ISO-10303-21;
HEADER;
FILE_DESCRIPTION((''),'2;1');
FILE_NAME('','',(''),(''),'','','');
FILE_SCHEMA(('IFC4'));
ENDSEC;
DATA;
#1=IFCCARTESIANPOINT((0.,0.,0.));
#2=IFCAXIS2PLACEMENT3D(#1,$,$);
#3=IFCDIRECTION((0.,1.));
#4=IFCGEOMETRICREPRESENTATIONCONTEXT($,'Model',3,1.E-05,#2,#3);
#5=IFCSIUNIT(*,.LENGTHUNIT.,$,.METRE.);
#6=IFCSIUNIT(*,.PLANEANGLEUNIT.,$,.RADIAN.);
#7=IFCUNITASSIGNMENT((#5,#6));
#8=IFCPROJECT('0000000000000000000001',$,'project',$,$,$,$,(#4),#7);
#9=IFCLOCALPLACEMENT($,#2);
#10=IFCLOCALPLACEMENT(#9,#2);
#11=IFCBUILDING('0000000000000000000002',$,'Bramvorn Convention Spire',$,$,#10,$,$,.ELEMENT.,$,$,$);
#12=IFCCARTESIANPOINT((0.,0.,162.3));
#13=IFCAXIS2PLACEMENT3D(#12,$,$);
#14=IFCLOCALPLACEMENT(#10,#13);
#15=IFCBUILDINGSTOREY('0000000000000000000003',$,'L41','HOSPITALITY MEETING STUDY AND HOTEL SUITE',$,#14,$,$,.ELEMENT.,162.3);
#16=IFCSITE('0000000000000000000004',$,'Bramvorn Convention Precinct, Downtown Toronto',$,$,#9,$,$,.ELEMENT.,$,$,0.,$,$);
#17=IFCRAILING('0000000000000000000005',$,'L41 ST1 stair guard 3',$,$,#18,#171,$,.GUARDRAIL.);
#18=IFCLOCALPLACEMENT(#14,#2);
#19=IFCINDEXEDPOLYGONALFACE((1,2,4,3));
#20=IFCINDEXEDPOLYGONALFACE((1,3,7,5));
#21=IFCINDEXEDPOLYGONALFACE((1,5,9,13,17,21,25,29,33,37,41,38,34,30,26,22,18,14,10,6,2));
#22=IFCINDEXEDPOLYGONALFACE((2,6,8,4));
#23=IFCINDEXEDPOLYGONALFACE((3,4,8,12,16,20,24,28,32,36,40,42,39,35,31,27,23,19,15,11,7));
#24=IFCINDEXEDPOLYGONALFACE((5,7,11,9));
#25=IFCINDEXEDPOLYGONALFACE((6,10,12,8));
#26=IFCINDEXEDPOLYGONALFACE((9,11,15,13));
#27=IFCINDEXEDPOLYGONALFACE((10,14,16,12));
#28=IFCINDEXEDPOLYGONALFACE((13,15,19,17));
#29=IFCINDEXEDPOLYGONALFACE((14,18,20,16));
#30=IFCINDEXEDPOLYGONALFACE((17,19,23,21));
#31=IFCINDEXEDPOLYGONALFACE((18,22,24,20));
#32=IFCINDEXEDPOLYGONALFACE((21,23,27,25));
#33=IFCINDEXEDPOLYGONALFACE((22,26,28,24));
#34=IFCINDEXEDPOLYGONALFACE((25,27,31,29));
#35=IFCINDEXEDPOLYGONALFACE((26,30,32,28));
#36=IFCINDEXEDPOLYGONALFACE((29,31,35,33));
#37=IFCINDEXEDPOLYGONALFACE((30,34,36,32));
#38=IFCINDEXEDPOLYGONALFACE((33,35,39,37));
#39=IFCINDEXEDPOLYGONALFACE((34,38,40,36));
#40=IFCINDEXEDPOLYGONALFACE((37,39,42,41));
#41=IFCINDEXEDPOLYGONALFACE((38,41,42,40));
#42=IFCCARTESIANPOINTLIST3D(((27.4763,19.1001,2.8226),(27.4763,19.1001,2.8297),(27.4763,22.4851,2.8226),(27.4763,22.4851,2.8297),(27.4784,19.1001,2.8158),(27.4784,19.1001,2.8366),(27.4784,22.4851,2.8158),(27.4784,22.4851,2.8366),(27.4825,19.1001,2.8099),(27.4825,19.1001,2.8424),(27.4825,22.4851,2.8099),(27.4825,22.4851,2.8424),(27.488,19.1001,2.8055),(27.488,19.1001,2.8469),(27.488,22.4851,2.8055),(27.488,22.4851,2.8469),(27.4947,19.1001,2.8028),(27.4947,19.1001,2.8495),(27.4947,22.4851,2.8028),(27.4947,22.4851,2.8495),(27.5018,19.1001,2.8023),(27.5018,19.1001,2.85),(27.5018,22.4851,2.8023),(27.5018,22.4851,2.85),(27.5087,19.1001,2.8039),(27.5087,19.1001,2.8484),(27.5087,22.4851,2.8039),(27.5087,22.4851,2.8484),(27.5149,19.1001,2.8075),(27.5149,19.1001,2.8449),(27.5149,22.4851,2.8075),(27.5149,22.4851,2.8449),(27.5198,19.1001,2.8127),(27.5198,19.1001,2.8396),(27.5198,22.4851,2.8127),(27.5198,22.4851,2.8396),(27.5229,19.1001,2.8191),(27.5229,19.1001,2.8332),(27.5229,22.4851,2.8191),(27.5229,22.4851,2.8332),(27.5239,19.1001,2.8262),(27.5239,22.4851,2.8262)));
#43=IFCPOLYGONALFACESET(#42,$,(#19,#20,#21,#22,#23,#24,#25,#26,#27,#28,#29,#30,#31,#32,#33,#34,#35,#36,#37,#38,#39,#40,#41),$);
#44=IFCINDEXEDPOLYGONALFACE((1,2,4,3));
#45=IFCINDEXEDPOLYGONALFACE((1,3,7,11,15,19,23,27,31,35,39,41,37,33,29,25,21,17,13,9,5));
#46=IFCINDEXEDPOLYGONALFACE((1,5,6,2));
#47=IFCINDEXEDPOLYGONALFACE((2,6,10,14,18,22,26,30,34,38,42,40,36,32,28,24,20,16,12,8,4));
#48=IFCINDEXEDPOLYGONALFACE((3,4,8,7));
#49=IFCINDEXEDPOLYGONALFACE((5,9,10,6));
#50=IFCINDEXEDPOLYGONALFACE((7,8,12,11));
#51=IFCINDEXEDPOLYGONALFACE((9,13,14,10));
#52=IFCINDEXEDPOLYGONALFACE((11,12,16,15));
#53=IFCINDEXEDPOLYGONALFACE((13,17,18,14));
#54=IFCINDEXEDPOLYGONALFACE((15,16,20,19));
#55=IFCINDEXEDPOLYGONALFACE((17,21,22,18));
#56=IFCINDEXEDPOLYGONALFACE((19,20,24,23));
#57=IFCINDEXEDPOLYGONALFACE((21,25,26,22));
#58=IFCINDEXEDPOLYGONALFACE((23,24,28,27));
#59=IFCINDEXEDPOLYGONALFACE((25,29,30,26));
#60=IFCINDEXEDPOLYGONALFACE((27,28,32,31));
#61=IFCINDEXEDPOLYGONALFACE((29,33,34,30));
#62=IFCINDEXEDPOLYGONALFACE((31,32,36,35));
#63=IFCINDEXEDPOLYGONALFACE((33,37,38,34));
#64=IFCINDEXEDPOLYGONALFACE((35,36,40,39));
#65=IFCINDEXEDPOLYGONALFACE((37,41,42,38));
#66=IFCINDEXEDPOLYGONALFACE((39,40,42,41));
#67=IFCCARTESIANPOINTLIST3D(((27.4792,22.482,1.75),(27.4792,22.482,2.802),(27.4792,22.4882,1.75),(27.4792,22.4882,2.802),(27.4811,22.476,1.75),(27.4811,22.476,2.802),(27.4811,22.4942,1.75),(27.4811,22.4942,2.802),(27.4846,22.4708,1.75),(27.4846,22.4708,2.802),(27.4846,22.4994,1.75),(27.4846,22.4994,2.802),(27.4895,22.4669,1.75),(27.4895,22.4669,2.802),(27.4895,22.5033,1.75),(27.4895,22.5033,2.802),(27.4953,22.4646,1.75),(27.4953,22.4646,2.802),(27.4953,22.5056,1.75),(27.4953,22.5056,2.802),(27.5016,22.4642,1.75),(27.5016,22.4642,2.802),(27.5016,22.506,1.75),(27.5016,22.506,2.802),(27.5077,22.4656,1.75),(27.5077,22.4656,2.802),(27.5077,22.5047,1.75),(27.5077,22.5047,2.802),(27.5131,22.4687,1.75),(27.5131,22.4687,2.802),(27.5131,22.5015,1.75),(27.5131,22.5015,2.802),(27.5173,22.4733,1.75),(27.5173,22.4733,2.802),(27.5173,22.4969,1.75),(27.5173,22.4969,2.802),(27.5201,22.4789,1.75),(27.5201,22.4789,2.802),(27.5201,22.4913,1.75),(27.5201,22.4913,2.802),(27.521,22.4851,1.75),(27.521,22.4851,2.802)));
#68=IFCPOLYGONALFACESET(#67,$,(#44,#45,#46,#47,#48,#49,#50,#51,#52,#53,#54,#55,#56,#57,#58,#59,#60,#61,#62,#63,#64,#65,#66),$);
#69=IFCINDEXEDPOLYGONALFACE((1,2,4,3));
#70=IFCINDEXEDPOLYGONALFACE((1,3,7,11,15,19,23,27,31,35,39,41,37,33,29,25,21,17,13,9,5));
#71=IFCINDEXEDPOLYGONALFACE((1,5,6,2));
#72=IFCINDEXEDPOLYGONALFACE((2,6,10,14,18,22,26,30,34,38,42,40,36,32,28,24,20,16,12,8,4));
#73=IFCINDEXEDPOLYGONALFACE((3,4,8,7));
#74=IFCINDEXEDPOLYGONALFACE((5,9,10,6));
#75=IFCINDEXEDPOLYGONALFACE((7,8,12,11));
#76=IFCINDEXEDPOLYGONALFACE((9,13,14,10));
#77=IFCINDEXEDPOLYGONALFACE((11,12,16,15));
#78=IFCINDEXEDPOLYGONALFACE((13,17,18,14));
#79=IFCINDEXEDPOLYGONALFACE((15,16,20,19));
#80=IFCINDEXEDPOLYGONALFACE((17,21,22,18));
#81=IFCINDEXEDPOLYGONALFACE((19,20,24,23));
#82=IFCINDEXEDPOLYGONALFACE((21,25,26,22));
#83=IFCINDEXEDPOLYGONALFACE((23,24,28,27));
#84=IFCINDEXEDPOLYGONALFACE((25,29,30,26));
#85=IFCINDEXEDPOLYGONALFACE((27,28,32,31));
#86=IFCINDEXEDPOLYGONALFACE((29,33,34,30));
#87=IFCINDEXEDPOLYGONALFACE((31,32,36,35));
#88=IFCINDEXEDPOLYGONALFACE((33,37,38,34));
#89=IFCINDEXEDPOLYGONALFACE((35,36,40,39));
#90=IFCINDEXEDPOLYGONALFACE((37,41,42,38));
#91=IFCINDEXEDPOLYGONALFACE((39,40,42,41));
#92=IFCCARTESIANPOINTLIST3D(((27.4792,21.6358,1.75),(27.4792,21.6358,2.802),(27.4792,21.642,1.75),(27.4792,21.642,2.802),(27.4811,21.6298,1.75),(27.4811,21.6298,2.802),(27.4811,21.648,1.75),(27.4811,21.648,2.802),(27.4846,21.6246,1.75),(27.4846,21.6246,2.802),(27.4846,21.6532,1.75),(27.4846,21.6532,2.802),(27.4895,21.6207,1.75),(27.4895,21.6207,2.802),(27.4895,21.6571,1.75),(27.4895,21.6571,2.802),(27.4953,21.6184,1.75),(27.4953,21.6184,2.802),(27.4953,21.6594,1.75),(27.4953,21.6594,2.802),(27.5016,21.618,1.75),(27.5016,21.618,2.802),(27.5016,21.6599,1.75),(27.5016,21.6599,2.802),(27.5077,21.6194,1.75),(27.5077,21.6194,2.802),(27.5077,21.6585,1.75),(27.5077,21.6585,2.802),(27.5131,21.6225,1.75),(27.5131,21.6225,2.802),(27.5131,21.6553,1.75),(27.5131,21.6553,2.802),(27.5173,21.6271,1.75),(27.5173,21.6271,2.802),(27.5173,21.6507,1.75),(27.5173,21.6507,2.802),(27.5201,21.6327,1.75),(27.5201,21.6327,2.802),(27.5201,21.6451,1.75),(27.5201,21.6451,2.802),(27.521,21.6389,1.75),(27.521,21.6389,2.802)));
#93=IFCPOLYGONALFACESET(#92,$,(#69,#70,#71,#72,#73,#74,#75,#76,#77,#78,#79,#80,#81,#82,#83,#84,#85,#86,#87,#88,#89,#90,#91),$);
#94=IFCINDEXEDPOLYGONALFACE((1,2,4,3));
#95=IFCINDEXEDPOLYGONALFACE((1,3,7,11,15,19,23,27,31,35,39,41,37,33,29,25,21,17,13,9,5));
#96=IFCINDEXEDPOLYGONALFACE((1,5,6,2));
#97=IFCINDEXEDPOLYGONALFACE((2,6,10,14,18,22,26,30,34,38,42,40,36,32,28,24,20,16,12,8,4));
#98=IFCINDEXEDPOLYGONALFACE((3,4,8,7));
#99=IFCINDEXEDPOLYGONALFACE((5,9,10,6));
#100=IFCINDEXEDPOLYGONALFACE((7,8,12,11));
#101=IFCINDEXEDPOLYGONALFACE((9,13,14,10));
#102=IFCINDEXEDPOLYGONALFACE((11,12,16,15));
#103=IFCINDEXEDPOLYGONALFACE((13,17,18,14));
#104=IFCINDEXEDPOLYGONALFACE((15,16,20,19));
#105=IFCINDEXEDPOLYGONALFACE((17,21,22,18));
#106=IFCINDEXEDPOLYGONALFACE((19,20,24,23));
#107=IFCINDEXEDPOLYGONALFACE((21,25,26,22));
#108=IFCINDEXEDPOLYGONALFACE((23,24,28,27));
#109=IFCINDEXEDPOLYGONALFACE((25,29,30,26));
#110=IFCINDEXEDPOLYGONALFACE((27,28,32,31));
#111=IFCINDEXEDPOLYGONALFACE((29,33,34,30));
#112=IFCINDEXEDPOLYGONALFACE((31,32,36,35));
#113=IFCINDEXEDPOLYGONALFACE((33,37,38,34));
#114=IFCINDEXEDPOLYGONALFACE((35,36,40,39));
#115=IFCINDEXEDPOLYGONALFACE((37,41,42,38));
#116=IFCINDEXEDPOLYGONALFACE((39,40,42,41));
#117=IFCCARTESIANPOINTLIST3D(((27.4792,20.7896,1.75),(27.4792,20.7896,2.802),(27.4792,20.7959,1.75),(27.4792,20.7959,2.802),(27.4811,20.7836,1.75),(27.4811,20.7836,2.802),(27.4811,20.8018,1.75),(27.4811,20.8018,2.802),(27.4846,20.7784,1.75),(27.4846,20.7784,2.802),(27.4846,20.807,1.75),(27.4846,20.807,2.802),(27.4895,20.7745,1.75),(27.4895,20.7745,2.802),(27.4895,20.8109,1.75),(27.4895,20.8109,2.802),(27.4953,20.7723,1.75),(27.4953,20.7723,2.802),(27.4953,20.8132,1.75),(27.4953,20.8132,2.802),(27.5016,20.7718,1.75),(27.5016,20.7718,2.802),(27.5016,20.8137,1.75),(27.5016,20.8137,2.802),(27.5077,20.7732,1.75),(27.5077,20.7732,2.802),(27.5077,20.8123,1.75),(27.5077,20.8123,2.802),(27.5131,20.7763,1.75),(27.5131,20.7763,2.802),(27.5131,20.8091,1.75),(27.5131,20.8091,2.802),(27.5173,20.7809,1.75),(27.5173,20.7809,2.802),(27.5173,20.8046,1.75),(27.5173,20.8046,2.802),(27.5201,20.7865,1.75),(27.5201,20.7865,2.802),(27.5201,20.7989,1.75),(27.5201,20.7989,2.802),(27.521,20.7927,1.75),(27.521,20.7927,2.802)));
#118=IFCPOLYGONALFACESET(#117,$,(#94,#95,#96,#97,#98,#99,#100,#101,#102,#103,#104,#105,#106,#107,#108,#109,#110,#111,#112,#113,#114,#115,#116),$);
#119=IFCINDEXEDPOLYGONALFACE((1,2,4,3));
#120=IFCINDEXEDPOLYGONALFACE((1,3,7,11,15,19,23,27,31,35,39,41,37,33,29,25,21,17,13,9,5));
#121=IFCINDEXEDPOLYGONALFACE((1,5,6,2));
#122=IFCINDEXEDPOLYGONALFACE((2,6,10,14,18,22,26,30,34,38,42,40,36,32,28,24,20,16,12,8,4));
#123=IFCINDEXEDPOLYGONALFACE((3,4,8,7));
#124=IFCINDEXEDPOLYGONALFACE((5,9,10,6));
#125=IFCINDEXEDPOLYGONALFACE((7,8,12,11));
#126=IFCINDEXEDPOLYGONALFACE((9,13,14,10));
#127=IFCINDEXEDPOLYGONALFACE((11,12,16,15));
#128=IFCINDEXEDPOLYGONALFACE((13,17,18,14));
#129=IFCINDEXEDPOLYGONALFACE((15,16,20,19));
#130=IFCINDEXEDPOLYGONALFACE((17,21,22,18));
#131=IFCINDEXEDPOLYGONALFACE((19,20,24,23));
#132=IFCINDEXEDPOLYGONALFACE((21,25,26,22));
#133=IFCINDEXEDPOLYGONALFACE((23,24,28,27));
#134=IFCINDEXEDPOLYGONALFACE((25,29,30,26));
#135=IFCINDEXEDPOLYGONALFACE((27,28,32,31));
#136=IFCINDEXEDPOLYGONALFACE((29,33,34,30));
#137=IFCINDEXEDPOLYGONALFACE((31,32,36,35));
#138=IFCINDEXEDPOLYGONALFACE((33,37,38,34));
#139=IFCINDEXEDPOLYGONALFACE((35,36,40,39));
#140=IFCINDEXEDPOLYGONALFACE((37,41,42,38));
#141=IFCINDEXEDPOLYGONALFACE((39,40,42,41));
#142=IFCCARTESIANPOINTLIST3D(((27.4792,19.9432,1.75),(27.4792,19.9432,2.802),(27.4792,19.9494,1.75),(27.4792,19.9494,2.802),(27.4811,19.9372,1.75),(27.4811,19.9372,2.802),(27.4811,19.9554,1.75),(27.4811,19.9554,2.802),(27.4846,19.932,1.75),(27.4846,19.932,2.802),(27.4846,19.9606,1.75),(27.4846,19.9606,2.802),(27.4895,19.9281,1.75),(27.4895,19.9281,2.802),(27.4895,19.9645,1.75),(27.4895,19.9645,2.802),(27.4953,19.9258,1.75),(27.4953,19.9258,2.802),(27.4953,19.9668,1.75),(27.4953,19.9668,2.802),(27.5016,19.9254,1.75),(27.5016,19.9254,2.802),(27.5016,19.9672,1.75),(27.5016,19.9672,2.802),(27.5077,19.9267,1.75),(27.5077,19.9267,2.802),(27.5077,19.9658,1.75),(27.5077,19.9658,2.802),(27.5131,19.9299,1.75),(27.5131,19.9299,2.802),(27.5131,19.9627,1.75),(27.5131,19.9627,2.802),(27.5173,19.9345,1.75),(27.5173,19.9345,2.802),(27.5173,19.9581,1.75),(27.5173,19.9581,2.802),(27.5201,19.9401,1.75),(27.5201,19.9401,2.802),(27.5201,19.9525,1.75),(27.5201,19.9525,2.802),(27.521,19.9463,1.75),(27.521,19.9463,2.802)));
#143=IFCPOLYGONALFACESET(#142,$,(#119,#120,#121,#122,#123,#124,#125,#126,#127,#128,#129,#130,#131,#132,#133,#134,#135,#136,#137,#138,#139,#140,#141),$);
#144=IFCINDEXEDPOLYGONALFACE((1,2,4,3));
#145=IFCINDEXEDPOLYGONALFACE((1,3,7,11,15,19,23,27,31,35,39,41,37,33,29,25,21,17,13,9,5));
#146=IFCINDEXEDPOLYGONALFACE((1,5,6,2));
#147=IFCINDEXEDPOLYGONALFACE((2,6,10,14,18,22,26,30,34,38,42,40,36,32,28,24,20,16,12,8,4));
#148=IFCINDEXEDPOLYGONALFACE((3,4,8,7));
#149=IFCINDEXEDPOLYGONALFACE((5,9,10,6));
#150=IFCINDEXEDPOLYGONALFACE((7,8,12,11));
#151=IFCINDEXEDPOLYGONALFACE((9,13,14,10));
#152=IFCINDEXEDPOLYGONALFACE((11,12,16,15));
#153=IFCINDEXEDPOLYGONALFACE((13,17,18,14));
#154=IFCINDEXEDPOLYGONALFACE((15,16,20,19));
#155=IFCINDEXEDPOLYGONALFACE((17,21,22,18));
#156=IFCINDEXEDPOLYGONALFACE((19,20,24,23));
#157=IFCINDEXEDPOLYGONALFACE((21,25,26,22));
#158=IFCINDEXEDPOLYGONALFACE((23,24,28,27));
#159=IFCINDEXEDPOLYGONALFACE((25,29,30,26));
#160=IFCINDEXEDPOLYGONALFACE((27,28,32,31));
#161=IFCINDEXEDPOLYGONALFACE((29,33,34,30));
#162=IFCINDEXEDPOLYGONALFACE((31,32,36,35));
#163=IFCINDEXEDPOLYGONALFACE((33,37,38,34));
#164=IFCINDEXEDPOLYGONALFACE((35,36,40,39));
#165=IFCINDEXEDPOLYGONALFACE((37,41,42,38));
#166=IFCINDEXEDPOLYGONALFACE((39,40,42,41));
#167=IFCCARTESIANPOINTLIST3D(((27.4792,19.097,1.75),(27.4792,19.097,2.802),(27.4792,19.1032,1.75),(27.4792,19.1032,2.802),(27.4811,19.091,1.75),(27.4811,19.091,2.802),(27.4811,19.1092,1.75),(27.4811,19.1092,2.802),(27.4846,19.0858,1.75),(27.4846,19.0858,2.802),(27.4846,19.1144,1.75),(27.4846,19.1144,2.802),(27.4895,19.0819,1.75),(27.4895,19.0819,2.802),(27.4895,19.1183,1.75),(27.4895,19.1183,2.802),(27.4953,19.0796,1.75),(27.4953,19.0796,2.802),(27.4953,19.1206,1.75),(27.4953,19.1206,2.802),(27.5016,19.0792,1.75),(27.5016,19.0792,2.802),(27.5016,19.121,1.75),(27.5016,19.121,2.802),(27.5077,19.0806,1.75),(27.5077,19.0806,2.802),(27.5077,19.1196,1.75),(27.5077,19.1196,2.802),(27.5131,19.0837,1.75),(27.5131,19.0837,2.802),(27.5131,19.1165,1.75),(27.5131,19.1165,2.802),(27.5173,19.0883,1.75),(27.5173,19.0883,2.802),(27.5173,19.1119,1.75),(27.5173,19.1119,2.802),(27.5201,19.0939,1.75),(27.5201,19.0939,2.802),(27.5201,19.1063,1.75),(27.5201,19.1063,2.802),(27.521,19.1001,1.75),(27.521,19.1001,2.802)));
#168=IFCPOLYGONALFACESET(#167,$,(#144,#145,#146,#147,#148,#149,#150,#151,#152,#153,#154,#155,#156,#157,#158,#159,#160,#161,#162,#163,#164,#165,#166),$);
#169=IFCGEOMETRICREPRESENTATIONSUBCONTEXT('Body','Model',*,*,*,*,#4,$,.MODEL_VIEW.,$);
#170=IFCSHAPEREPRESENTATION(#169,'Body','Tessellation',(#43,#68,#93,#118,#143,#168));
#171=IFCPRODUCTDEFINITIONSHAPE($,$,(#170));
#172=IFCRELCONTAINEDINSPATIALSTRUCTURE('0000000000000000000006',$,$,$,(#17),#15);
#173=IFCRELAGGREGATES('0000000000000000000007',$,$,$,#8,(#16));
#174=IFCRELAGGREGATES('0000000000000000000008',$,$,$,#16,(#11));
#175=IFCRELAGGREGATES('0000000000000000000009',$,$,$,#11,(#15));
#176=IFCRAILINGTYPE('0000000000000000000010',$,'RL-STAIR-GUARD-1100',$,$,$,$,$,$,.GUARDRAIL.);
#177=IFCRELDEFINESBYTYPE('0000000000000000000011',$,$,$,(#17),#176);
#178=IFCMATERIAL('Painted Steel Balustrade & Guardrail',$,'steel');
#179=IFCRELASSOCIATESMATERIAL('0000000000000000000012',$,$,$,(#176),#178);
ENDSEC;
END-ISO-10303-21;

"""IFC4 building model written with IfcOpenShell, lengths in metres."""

from ifc_helpers import new_model, si_unit, direction, frame, origin, origin_2d, place, context, subcontext, project, spatial, circle, extrude, material, type_object, element, save


model = new_model("IFC4")

# Units and contexts
model_context = context("Model", 3, precision=1e-05, world=origin(), true_north=direction((0.0, 1.0)))
body_context = subcontext(model_context, "Body", "Model", "MODEL_VIEW")
ifc_project = project(units=[si_unit("LENGTHUNIT", "METRE"), si_unit("PLANEANGLEUNIT", "RADIAN")], contexts=[model_context])

# Site, building, storey
site_placement = place(None, origin())
site = spatial("IfcSite", under=ifc_project, at=site_placement, Name="Bramvorn Convention Precinct, Downtown Toronto", CompositionType="ELEMENT", RefElevation=0.0)
building_placement = place(site_placement, origin())
building = spatial("IfcBuilding", under=site, at=building_placement, Name="Bramvorn Convention Spire", CompositionType="ELEMENT")
storey_placement = place(building_placement, frame((0.0, 0.0, 162.3)))
storey = spatial("IfcBuildingStorey", under=building, at=storey_placement, Name="L41", Description="HOSPITALITY MEETING STUDY AND HOTEL SUITE", CompositionType="ELEMENT", Elevation=162.3)

# Railing
ifc_material_1 = material(Name="Painted Steel Balustrade & Guardrail", Category="steel")
railing_type = type_object("IfcRailingType", Name="RL-STAIR-GUARD-1100", PredefinedType="GUARDRAIL", material=ifc_material_1)
railing_1_placement = place(storey_placement, frame((27.5, 22.4851, 1.75)))
element("IfcRailing", 1, at=railing_1_placement, inside=storey, type_object=railing_type, Name="L41 ST1 stair guard 3", PredefinedType="GUARDRAIL", context=body_context, shape_type="SweptSolid", body=[
    extrude(circle(Radius=0.0239, at=origin_2d()), frame((0.0, 0.0, 1.0762), z_axis=(0.0, -1.0, 0.0), x_axis=(1.0, 0.0, 0.0)), (0.0, 0.0, 1.0), 3.385),
    extrude(circle(Radius=0.021, at=origin_2d()), origin(), (0.0, 0.0, 1.0), 1.052),
    extrude(circle(Radius=0.021, at=origin_2d()), frame((0.0, -0.8462, 0.0)), (0.0, 0.0, 1.0), 1.052),
    extrude(circle(Radius=0.021, at=origin_2d()), frame((0.0, -1.6924, 0.0)), (0.0, 0.0, 1.0), 1.052),
    extrude(circle(Radius=0.021, at=origin_2d()), frame((0.0, -2.5388, 0.0)), (0.0, 0.0, 1.0), 1.052),
    extrude(circle(Radius=0.021, at=origin_2d()), frame((0.0, -3.385, 0.0)), (0.0, 0.0, 1.0), 1.052),
])

save(model, "model.ifc")
